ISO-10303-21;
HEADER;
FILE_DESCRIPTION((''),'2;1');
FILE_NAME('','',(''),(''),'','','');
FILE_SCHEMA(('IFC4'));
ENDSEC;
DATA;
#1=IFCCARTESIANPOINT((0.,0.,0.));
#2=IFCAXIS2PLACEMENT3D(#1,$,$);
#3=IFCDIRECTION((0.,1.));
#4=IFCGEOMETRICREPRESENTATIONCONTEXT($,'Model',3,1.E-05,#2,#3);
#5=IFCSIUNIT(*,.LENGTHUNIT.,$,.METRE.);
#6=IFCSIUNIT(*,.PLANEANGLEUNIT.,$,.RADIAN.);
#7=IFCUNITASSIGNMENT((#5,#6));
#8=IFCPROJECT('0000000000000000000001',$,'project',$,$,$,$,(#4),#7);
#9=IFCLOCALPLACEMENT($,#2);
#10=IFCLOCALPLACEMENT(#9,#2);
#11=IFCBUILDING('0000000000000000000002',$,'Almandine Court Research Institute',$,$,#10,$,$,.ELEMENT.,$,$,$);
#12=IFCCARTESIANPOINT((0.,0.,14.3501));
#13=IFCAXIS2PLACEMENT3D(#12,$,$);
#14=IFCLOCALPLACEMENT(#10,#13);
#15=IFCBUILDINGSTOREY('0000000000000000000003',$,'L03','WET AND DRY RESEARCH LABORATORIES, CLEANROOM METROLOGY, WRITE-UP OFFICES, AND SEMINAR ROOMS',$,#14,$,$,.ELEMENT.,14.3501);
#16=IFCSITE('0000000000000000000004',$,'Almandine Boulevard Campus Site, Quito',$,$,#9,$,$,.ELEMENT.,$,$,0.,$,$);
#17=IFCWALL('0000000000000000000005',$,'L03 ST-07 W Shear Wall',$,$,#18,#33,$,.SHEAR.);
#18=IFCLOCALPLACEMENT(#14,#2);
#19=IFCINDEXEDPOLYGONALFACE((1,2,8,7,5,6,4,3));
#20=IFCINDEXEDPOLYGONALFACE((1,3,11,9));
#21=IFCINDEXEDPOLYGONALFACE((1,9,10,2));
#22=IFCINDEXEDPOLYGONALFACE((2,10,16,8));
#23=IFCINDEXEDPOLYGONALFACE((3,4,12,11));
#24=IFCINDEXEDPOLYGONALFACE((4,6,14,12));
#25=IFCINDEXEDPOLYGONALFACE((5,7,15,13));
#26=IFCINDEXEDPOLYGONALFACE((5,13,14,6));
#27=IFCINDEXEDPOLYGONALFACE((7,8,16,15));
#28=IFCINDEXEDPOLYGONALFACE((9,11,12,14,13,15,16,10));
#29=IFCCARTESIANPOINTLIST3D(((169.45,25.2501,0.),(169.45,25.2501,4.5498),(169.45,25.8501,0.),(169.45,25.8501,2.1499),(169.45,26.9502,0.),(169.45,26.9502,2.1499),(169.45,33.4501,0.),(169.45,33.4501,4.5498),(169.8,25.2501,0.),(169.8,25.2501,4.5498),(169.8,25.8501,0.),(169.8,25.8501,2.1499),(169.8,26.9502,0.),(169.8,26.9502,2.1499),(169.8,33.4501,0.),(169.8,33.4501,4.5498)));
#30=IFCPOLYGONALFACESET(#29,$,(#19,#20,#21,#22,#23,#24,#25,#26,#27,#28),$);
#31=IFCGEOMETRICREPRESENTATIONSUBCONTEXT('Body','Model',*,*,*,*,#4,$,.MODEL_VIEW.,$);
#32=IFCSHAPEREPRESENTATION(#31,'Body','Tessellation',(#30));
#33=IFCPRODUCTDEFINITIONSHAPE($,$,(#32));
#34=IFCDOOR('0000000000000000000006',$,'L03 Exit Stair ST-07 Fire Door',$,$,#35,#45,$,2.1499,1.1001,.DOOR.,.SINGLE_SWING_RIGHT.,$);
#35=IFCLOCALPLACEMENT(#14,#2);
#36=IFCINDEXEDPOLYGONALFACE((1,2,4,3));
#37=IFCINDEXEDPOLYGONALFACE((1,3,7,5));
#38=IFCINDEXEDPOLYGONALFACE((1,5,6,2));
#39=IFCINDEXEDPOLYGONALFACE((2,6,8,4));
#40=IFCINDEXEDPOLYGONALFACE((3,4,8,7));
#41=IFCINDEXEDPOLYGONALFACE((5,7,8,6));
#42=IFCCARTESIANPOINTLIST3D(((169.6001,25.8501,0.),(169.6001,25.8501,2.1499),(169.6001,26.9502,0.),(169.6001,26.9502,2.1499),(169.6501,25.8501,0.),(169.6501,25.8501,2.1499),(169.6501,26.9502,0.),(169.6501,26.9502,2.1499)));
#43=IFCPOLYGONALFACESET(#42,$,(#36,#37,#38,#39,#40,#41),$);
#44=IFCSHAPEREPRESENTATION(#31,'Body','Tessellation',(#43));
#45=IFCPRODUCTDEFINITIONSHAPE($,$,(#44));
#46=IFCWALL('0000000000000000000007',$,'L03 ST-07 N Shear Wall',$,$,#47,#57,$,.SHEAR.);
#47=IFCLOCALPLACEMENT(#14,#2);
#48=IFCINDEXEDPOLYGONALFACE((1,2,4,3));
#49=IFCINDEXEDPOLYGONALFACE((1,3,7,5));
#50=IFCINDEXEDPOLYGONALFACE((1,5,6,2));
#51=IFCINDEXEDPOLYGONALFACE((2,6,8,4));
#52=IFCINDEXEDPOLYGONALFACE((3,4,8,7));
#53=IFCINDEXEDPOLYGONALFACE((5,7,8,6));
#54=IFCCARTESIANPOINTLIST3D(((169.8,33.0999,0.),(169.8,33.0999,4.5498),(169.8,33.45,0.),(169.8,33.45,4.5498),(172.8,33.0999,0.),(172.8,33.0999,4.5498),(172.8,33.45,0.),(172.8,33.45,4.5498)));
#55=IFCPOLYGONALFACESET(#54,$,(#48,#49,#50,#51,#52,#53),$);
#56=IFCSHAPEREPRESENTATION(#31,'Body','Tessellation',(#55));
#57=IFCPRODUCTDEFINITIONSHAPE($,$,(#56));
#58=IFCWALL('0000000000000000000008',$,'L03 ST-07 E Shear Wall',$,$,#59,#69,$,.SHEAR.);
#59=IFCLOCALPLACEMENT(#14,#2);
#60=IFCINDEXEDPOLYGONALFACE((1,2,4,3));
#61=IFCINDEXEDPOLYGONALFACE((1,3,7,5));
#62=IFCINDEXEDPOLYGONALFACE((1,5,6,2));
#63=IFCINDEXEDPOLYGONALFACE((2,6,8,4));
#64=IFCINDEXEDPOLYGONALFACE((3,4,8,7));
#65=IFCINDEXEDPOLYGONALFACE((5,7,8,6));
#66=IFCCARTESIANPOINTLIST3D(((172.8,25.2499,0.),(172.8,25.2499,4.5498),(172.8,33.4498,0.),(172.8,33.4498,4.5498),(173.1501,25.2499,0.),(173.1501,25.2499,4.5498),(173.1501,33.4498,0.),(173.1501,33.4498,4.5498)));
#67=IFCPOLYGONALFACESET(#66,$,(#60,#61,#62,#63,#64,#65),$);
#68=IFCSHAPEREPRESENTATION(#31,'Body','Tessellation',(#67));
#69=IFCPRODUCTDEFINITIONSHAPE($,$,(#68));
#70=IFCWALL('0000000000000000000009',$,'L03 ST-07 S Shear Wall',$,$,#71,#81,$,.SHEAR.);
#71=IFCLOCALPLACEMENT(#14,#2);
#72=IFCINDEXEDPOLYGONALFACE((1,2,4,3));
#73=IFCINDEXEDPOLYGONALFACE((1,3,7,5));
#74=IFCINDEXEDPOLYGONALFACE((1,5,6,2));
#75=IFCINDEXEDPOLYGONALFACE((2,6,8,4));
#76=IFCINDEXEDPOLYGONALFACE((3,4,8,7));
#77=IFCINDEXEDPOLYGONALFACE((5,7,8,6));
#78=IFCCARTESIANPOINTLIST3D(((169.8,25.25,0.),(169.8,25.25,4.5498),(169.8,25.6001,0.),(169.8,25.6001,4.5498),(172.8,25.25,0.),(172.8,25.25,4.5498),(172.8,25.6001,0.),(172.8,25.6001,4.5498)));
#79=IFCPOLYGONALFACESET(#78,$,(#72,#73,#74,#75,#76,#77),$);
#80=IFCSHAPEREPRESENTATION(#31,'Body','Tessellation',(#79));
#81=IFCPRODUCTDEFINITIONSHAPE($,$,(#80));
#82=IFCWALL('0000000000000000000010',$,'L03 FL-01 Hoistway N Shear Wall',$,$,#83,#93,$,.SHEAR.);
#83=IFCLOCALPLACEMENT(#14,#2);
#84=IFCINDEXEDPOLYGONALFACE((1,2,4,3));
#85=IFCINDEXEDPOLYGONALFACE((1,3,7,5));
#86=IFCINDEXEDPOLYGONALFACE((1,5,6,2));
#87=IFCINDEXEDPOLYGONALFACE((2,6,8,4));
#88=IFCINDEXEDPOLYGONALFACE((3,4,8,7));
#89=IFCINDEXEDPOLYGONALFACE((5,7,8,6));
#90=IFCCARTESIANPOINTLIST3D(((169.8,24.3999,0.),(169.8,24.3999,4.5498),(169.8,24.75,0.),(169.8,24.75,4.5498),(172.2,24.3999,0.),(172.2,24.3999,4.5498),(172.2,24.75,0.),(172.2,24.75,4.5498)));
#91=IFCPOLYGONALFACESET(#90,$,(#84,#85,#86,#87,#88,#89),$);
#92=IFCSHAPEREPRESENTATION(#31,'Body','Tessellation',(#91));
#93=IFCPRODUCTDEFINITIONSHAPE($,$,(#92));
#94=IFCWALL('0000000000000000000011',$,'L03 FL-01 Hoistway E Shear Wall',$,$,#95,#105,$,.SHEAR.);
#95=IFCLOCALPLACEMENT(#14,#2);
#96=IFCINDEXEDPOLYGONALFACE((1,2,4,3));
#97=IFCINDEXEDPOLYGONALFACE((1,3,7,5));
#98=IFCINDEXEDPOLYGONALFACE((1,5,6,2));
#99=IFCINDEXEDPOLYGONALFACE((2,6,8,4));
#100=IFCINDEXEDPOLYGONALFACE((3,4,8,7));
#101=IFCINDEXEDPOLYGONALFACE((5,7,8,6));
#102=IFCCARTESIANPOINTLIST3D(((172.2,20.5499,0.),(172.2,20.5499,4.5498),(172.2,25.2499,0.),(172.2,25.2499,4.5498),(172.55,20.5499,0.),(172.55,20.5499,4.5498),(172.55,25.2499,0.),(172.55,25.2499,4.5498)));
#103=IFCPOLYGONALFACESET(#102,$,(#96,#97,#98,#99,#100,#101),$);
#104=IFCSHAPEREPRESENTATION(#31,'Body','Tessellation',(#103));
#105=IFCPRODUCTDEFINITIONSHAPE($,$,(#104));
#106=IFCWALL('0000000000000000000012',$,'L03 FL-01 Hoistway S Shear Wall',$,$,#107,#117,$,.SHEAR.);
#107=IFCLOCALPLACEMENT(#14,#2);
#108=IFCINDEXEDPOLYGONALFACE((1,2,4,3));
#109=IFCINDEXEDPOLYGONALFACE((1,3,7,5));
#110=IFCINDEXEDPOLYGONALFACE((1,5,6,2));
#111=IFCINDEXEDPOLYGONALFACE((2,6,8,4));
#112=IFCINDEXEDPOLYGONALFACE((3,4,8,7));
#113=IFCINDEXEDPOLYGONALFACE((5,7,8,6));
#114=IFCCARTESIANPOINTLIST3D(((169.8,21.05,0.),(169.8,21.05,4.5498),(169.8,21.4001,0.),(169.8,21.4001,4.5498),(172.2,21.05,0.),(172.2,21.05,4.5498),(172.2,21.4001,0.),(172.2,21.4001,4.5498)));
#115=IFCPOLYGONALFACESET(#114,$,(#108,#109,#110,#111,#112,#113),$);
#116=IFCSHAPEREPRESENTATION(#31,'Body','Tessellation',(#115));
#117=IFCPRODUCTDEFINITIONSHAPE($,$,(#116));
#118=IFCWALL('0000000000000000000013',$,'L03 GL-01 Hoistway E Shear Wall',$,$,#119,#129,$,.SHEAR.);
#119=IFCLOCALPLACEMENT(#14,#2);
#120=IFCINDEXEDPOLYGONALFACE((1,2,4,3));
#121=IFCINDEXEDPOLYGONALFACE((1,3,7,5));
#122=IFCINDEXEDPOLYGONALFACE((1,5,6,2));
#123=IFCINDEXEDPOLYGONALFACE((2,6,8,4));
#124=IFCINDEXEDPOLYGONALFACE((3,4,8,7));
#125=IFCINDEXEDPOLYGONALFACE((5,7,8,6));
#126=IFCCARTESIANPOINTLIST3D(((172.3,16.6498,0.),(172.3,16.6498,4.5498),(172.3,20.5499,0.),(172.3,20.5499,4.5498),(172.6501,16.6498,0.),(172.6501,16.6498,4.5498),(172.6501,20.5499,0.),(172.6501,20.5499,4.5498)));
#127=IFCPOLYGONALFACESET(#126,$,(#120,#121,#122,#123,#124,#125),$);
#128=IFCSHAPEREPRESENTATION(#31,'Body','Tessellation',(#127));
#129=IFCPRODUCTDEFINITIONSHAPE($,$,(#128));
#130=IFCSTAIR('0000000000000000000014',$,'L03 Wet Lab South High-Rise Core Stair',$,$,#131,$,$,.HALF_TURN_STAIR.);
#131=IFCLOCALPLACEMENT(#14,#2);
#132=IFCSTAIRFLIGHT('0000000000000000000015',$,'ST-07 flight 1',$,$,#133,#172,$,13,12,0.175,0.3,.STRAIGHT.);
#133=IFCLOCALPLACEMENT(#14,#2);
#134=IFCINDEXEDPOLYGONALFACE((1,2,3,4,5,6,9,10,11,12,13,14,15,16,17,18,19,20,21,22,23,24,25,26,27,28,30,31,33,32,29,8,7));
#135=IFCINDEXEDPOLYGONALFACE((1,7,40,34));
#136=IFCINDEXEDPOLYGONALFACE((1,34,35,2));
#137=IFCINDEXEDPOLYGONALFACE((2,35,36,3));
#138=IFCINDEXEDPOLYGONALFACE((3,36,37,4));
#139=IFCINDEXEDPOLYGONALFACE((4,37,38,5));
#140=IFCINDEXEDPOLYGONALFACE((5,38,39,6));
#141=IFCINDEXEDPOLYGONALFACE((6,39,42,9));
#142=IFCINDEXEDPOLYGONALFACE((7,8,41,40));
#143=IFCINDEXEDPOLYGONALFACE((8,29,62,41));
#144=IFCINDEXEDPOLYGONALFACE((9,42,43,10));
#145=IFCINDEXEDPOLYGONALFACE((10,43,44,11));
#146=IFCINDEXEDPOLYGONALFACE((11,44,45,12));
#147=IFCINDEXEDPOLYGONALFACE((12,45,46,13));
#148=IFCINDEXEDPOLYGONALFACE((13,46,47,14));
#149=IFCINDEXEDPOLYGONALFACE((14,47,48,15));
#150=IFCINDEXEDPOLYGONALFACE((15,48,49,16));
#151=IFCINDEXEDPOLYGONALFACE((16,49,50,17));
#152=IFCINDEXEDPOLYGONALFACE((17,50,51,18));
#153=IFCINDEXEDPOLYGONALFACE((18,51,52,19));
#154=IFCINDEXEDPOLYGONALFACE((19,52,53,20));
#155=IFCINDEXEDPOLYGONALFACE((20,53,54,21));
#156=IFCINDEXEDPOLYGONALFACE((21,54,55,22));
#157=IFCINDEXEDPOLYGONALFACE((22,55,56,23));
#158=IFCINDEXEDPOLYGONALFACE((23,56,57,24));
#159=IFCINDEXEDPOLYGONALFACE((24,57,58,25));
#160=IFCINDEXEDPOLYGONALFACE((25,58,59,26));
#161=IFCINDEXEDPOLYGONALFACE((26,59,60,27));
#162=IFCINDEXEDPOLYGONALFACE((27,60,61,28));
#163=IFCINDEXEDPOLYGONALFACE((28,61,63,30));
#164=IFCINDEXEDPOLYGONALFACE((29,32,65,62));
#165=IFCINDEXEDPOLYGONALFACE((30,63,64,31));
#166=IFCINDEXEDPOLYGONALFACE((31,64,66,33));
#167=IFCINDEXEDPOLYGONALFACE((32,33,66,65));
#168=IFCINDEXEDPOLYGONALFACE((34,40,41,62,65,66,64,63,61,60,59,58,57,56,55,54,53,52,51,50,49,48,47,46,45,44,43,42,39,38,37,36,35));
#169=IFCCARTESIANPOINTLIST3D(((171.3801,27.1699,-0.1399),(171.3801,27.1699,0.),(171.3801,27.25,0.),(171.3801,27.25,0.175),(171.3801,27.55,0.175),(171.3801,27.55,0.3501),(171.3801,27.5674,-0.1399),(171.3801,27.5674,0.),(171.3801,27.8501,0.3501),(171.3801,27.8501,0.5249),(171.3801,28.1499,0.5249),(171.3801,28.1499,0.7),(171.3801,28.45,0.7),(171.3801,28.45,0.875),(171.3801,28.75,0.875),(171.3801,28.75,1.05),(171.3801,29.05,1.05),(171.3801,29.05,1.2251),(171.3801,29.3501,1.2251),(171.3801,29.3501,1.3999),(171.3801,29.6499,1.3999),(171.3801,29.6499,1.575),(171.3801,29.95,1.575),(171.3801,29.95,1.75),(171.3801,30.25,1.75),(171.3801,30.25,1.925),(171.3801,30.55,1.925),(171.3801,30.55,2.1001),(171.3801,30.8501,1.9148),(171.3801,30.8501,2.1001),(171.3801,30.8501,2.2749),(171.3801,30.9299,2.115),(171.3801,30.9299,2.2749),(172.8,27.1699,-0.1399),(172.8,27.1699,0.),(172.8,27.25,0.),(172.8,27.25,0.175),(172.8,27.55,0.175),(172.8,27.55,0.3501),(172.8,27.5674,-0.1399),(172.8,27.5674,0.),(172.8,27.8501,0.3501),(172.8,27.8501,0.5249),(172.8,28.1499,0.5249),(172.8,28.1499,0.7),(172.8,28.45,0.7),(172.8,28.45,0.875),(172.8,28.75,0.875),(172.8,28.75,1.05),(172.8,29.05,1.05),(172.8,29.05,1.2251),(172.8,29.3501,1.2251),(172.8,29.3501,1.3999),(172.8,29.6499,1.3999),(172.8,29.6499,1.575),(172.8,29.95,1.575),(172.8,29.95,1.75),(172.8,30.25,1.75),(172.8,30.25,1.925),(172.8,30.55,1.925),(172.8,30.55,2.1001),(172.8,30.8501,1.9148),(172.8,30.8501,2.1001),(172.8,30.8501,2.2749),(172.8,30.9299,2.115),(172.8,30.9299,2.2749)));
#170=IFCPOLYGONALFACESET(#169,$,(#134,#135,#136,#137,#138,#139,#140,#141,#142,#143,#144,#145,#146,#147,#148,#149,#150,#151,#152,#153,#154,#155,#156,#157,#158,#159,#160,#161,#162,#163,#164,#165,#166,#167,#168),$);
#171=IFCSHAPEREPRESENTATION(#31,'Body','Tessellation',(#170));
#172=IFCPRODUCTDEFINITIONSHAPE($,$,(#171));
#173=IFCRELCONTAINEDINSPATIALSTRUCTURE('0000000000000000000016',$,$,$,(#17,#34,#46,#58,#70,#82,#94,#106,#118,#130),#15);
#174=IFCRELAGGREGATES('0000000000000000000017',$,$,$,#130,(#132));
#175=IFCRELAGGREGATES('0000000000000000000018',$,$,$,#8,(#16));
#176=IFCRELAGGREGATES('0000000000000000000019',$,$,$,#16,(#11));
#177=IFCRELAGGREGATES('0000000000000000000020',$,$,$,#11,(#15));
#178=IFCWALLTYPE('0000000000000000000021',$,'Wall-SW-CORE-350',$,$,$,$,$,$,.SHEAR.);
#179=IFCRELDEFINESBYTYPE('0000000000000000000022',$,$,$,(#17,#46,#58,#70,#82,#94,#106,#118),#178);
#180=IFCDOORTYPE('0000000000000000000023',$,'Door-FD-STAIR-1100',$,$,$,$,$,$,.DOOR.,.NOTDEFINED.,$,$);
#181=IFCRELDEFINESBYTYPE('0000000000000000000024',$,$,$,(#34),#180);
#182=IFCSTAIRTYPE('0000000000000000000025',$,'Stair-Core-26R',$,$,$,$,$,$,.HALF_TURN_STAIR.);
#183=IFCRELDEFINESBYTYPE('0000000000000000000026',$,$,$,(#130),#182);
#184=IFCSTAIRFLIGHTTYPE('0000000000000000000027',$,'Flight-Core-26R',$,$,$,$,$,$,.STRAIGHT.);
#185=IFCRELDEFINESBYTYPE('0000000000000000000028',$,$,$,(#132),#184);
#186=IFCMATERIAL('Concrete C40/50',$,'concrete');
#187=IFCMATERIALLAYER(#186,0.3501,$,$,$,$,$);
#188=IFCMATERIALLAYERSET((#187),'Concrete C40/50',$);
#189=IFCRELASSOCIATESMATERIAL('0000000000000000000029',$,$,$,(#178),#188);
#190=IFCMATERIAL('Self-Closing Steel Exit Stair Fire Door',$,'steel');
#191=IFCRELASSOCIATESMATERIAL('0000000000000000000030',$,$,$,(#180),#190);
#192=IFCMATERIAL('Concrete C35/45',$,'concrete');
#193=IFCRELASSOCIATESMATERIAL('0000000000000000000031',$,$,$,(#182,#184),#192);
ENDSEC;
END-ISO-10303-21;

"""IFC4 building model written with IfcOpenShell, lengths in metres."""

from ifc_helpers import new_model, si_unit, direction, frame, frame_2d, origin, place, context, subcontext, project, spatial, polyline, rectangle, outline, extrude, material, layer, layer_set, type_object, element, fill, aggregate, save


model = new_model("IFC4")

# Units and contexts
model_context = context("Model", 3, precision=1e-05, world=origin(), true_north=direction((0.0, 1.0)))
body_context = subcontext(model_context, "Body", "Model", "MODEL_VIEW")
ifc_project = project(units=[si_unit("LENGTHUNIT", "METRE"), si_unit("PLANEANGLEUNIT", "RADIAN")], contexts=[model_context])

# Site, building, storey
site_placement = place(None, origin())
site = spatial("IfcSite", under=ifc_project, at=site_placement, Name="Almandine Boulevard Campus Site, Quito", CompositionType="ELEMENT", RefElevation=0.0)
building_placement = place(site_placement, origin())
building = spatial("IfcBuilding", under=site, at=building_placement, Name="Almandine Court Research Institute", CompositionType="ELEMENT")
storey_placement = place(building_placement, frame((0.0, 0.0, 14.3501)))
storey = spatial("IfcBuildingStorey", under=building, at=storey_placement, Name="L03", Description="WET AND DRY RESEARCH LABORATORIES, CLEANROOM METROLOGY, WRITE-UP OFFICES, AND SEMINAR ROOMS", CompositionType="ELEMENT", Elevation=14.3501)

# Shared definitions
ifc_material_1 = material(Name="Concrete C40/50", Category="concrete")

# Wall, opening, door
ifc_layer_1 = layer(ifc_material_1, 0.3501)
ifc_layer_set_1 = layer_set([ifc_layer_1], Name="Concrete C40/50")
wall_type_1 = type_object("IfcWallType", Name="Wall-SW-CORE-350", PredefinedType="SHEAR", material=ifc_layer_set_1)
wall_1_placement = place(storey_placement, frame((169.625, 25.25, 0.0), z_axis=(0.0, 0.0, 1.0), x_axis=(0.0, 1.0, 0.0)))
wall_1 = element("IfcWall", 1, at=wall_1_placement, inside=storey, type_object=wall_type_1, Name="L03 ST-07 W Shear Wall", PredefinedType="SHEAR", context=body_context, shape_type="SweptSolid", body=[
    extrude(rectangle(XDim=8.2, YDim=0.3501, at=frame_2d((4.1001, 0.0))), origin(), (0.0, 0.0, 1.0), 4.5498),
])
opening_1_placement = place(wall_1_placement, frame((0.6001, 0.0, 0.0)))
opening_1 = element("IfcOpeningElement", 2, at=opening_1_placement, cuts=wall_1, PredefinedType="OPENING", context=body_context, shape_type="SweptSolid", body=[
    extrude(rectangle(XDim=1.1001, YDim=2.1499, at=frame_2d((0.55, 1.075))), frame((0.0, 0.1851, 0.0), z_axis=(0.0, -1.0, 0.0), x_axis=(1.0, 0.0, 0.0)), (0.0, 0.0, 1.0), 0.3701),
])
ifc_material_2 = material(Name="Self-Closing Steel Exit Stair Fire Door", Category="steel")
door_type = type_object("IfcDoorType", Name="Door-FD-STAIR-1100", OperationType="NOTDEFINED", PredefinedType="DOOR", material=ifc_material_2)
door_placement = place(opening_1_placement, origin())
door = element("IfcDoor", 3, at=door_placement, inside=storey, type_object=door_type, Name="L03 Exit Stair ST-07 Fire Door", OperationType="SINGLE_SWING_RIGHT", OverallHeight=2.1499, OverallWidth=1.1001, PredefinedType="DOOR", context=body_context, shape_type="SweptSolid", body=[
    extrude(rectangle(XDim=1.1001, YDim=2.1499, at=frame_2d((0.55, 1.075))), frame((0.0, 0.0249, 0.0), z_axis=(0.0, -1.0, 0.0), x_axis=(1.0, 0.0, 0.0)), (0.0, 0.0, 1.0), 0.05),
])
fill(opening_1, door)

# Walls
wall_2_placement = place(storey_placement, frame((169.8, 33.2749, 0.0), z_axis=(0.0, 0.0, 1.0), x_axis=(1.0, 0.0, 0.0)))
element("IfcWall", 4, at=wall_2_placement, inside=storey, type_object=wall_type_1, Name="L03 ST-07 N Shear Wall", PredefinedType="SHEAR", context=body_context, shape_type="SweptSolid", body=[
    extrude(rectangle(XDim=3.0, YDim=0.3501, at=frame_2d((1.5, 0.0))), origin(), (0.0, 0.0, 1.0), 4.5498),
])
wall_3_placement = place(storey_placement, frame((172.9751, 33.45, 0.0), z_axis=(0.0, 0.0, 1.0), x_axis=(0.0, -1.0, 0.0)))
element("IfcWall", 5, at=wall_3_placement, inside=storey, type_object=wall_type_1, Name="L03 ST-07 E Shear Wall", PredefinedType="SHEAR", context=body_context, shape_type="SweptSolid", body=[
    extrude(rectangle(XDim=8.2, YDim=0.3501, at=frame_2d((4.1001, 0.0))), origin(), (0.0, 0.0, 1.0), 4.5498),
])
wall_4_placement = place(storey_placement, frame((172.8, 25.425, 0.0), z_axis=(0.0, 0.0, 1.0), x_axis=(-1.0, 0.0, 0.0)))
element("IfcWall", 6, at=wall_4_placement, inside=storey, type_object=wall_type_1, Name="L03 ST-07 S Shear Wall", PredefinedType="SHEAR", context=body_context, shape_type="SweptSolid", body=[
    extrude(rectangle(XDim=3.0, YDim=0.3501, at=frame_2d((1.5, 0.0))), origin(), (0.0, 0.0, 1.0), 4.5498),
])
wall_5_placement = place(storey_placement, frame((169.8, 24.575, 0.0), z_axis=(0.0, 0.0, 1.0), x_axis=(1.0, 0.0, 0.0)))
element("IfcWall", 7, at=wall_5_placement, inside=storey, type_object=wall_type_1, Name="L03 FL-01 Hoistway N Shear Wall", PredefinedType="SHEAR", context=body_context, shape_type="SweptSolid", body=[
    extrude(rectangle(XDim=2.3999, YDim=0.3501, at=frame_2d((1.2, 0.0))), origin(), (0.0, 0.0, 1.0), 4.5498),
])
wall_6_placement = place(storey_placement, frame((172.375, 25.25, 0.0), z_axis=(0.0, 0.0, 1.0), x_axis=(0.0, -1.0, 0.0)))
element("IfcWall", 8, at=wall_6_placement, inside=storey, type_object=wall_type_1, Name="L03 FL-01 Hoistway E Shear Wall", PredefinedType="SHEAR", context=body_context, shape_type="SweptSolid", body=[
    extrude(rectangle(XDim=4.7, YDim=0.3501, at=frame_2d((2.3501, 0.0))), origin(), (0.0, 0.0, 1.0), 4.5498),
])
wall_7_placement = place(storey_placement, frame((172.2, 21.2251, 0.0), z_axis=(0.0, 0.0, 1.0), x_axis=(-1.0, 0.0, 0.0)))
element("IfcWall", 9, at=wall_7_placement, inside=storey, type_object=wall_type_1, Name="L03 FL-01 Hoistway S Shear Wall", PredefinedType="SHEAR", context=body_context, shape_type="SweptSolid", body=[
    extrude(rectangle(XDim=2.3999, YDim=0.3501, at=frame_2d((1.2, 0.0))), origin(), (0.0, 0.0, 1.0), 4.5498),
])
wall_8_placement = place(storey_placement, frame((172.4751, 20.55, 0.0), z_axis=(0.0, 0.0, 1.0), x_axis=(0.0, -1.0, 0.0)))
element("IfcWall", 10, at=wall_8_placement, inside=storey, type_object=wall_type_1, Name="L03 GL-01 Hoistway E Shear Wall", PredefinedType="SHEAR", context=body_context, shape_type="SweptSolid", body=[
    extrude(rectangle(XDim=3.9001, YDim=0.3501, at=frame_2d((1.9502, 0.0))), origin(), (0.0, 0.0, 1.0), 4.5498),
])

# Stair, stair flight
ifc_material_3 = material(Name="Concrete C35/45", Category="concrete")
stair_type = type_object("IfcStairType", Name="Stair-Core-26R", PredefinedType="HALF_TURN_STAIR", material=ifc_material_3)
stair_placement = place(storey_placement, origin())
stair = element("IfcStair", 11, at=stair_placement, inside=storey, type_object=stair_type, Name="L03 Wet Lab South High-Rise Core Stair", PredefinedType="HALF_TURN_STAIR")
stair_flight_type = type_object("IfcStairFlightType", Name="Flight-Core-26R", PredefinedType="STRAIGHT", material=ifc_material_3)
stair_flight_1_placement = place(storey_placement, frame((172.0901, 27.25, 0.0), z_axis=(0.0, 0.0, 1.0), x_axis=(0.0, 1.0, 0.0)))
stair_flight_1 = element("IfcStairFlight", 12, at=stair_flight_1_placement, type_object=stair_flight_type, Name="ST-07 flight 1", NumberOfRisers=13, NumberOfTreads=12, PredefinedType="STRAIGHT", RiserHeight=0.175, TreadLength=0.3, context=body_context, shape_type="SweptSolid", body=[
    extrude(outline(polyline([(-0.0801, -0.1399), (-0.0801, 0.0), (0.0, 0.0), (0.0, 0.175), (0.3, 0.175), (0.3, 0.3501), (0.6001, 0.3501), (0.6001, 0.5249), (0.8999, 0.5249), (0.8999, 0.7), (1.2, 0.7), (1.2, 0.875), (1.5, 0.875), (1.5, 1.05), (1.8, 1.05), (1.8, 1.2251), (2.1001, 1.2251), (2.1001, 1.3999), (2.3999, 1.3999), (2.3999, 1.575), (2.7, 1.575), (2.7, 1.75), (3.0, 1.75), (3.0, 1.925), (3.3, 1.925), (3.3, 2.1001), (3.6001, 2.1001), (3.6001, 2.2749), (3.6799, 2.2749), (3.6799, 2.115), (3.6001, 1.9148), (0.3174, 0.0), (0.3174, -0.1399), (-0.0801, -0.1399)])), frame((0.0, 0.71, 0.0), z_axis=(0.0, -1.0, 0.0), x_axis=(1.0, 0.0, 0.0)), (0.0, 0.0, 1.0), 1.4199),
])
aggregate(stair, [stair_flight_1])

save(model, "model.ifc")
